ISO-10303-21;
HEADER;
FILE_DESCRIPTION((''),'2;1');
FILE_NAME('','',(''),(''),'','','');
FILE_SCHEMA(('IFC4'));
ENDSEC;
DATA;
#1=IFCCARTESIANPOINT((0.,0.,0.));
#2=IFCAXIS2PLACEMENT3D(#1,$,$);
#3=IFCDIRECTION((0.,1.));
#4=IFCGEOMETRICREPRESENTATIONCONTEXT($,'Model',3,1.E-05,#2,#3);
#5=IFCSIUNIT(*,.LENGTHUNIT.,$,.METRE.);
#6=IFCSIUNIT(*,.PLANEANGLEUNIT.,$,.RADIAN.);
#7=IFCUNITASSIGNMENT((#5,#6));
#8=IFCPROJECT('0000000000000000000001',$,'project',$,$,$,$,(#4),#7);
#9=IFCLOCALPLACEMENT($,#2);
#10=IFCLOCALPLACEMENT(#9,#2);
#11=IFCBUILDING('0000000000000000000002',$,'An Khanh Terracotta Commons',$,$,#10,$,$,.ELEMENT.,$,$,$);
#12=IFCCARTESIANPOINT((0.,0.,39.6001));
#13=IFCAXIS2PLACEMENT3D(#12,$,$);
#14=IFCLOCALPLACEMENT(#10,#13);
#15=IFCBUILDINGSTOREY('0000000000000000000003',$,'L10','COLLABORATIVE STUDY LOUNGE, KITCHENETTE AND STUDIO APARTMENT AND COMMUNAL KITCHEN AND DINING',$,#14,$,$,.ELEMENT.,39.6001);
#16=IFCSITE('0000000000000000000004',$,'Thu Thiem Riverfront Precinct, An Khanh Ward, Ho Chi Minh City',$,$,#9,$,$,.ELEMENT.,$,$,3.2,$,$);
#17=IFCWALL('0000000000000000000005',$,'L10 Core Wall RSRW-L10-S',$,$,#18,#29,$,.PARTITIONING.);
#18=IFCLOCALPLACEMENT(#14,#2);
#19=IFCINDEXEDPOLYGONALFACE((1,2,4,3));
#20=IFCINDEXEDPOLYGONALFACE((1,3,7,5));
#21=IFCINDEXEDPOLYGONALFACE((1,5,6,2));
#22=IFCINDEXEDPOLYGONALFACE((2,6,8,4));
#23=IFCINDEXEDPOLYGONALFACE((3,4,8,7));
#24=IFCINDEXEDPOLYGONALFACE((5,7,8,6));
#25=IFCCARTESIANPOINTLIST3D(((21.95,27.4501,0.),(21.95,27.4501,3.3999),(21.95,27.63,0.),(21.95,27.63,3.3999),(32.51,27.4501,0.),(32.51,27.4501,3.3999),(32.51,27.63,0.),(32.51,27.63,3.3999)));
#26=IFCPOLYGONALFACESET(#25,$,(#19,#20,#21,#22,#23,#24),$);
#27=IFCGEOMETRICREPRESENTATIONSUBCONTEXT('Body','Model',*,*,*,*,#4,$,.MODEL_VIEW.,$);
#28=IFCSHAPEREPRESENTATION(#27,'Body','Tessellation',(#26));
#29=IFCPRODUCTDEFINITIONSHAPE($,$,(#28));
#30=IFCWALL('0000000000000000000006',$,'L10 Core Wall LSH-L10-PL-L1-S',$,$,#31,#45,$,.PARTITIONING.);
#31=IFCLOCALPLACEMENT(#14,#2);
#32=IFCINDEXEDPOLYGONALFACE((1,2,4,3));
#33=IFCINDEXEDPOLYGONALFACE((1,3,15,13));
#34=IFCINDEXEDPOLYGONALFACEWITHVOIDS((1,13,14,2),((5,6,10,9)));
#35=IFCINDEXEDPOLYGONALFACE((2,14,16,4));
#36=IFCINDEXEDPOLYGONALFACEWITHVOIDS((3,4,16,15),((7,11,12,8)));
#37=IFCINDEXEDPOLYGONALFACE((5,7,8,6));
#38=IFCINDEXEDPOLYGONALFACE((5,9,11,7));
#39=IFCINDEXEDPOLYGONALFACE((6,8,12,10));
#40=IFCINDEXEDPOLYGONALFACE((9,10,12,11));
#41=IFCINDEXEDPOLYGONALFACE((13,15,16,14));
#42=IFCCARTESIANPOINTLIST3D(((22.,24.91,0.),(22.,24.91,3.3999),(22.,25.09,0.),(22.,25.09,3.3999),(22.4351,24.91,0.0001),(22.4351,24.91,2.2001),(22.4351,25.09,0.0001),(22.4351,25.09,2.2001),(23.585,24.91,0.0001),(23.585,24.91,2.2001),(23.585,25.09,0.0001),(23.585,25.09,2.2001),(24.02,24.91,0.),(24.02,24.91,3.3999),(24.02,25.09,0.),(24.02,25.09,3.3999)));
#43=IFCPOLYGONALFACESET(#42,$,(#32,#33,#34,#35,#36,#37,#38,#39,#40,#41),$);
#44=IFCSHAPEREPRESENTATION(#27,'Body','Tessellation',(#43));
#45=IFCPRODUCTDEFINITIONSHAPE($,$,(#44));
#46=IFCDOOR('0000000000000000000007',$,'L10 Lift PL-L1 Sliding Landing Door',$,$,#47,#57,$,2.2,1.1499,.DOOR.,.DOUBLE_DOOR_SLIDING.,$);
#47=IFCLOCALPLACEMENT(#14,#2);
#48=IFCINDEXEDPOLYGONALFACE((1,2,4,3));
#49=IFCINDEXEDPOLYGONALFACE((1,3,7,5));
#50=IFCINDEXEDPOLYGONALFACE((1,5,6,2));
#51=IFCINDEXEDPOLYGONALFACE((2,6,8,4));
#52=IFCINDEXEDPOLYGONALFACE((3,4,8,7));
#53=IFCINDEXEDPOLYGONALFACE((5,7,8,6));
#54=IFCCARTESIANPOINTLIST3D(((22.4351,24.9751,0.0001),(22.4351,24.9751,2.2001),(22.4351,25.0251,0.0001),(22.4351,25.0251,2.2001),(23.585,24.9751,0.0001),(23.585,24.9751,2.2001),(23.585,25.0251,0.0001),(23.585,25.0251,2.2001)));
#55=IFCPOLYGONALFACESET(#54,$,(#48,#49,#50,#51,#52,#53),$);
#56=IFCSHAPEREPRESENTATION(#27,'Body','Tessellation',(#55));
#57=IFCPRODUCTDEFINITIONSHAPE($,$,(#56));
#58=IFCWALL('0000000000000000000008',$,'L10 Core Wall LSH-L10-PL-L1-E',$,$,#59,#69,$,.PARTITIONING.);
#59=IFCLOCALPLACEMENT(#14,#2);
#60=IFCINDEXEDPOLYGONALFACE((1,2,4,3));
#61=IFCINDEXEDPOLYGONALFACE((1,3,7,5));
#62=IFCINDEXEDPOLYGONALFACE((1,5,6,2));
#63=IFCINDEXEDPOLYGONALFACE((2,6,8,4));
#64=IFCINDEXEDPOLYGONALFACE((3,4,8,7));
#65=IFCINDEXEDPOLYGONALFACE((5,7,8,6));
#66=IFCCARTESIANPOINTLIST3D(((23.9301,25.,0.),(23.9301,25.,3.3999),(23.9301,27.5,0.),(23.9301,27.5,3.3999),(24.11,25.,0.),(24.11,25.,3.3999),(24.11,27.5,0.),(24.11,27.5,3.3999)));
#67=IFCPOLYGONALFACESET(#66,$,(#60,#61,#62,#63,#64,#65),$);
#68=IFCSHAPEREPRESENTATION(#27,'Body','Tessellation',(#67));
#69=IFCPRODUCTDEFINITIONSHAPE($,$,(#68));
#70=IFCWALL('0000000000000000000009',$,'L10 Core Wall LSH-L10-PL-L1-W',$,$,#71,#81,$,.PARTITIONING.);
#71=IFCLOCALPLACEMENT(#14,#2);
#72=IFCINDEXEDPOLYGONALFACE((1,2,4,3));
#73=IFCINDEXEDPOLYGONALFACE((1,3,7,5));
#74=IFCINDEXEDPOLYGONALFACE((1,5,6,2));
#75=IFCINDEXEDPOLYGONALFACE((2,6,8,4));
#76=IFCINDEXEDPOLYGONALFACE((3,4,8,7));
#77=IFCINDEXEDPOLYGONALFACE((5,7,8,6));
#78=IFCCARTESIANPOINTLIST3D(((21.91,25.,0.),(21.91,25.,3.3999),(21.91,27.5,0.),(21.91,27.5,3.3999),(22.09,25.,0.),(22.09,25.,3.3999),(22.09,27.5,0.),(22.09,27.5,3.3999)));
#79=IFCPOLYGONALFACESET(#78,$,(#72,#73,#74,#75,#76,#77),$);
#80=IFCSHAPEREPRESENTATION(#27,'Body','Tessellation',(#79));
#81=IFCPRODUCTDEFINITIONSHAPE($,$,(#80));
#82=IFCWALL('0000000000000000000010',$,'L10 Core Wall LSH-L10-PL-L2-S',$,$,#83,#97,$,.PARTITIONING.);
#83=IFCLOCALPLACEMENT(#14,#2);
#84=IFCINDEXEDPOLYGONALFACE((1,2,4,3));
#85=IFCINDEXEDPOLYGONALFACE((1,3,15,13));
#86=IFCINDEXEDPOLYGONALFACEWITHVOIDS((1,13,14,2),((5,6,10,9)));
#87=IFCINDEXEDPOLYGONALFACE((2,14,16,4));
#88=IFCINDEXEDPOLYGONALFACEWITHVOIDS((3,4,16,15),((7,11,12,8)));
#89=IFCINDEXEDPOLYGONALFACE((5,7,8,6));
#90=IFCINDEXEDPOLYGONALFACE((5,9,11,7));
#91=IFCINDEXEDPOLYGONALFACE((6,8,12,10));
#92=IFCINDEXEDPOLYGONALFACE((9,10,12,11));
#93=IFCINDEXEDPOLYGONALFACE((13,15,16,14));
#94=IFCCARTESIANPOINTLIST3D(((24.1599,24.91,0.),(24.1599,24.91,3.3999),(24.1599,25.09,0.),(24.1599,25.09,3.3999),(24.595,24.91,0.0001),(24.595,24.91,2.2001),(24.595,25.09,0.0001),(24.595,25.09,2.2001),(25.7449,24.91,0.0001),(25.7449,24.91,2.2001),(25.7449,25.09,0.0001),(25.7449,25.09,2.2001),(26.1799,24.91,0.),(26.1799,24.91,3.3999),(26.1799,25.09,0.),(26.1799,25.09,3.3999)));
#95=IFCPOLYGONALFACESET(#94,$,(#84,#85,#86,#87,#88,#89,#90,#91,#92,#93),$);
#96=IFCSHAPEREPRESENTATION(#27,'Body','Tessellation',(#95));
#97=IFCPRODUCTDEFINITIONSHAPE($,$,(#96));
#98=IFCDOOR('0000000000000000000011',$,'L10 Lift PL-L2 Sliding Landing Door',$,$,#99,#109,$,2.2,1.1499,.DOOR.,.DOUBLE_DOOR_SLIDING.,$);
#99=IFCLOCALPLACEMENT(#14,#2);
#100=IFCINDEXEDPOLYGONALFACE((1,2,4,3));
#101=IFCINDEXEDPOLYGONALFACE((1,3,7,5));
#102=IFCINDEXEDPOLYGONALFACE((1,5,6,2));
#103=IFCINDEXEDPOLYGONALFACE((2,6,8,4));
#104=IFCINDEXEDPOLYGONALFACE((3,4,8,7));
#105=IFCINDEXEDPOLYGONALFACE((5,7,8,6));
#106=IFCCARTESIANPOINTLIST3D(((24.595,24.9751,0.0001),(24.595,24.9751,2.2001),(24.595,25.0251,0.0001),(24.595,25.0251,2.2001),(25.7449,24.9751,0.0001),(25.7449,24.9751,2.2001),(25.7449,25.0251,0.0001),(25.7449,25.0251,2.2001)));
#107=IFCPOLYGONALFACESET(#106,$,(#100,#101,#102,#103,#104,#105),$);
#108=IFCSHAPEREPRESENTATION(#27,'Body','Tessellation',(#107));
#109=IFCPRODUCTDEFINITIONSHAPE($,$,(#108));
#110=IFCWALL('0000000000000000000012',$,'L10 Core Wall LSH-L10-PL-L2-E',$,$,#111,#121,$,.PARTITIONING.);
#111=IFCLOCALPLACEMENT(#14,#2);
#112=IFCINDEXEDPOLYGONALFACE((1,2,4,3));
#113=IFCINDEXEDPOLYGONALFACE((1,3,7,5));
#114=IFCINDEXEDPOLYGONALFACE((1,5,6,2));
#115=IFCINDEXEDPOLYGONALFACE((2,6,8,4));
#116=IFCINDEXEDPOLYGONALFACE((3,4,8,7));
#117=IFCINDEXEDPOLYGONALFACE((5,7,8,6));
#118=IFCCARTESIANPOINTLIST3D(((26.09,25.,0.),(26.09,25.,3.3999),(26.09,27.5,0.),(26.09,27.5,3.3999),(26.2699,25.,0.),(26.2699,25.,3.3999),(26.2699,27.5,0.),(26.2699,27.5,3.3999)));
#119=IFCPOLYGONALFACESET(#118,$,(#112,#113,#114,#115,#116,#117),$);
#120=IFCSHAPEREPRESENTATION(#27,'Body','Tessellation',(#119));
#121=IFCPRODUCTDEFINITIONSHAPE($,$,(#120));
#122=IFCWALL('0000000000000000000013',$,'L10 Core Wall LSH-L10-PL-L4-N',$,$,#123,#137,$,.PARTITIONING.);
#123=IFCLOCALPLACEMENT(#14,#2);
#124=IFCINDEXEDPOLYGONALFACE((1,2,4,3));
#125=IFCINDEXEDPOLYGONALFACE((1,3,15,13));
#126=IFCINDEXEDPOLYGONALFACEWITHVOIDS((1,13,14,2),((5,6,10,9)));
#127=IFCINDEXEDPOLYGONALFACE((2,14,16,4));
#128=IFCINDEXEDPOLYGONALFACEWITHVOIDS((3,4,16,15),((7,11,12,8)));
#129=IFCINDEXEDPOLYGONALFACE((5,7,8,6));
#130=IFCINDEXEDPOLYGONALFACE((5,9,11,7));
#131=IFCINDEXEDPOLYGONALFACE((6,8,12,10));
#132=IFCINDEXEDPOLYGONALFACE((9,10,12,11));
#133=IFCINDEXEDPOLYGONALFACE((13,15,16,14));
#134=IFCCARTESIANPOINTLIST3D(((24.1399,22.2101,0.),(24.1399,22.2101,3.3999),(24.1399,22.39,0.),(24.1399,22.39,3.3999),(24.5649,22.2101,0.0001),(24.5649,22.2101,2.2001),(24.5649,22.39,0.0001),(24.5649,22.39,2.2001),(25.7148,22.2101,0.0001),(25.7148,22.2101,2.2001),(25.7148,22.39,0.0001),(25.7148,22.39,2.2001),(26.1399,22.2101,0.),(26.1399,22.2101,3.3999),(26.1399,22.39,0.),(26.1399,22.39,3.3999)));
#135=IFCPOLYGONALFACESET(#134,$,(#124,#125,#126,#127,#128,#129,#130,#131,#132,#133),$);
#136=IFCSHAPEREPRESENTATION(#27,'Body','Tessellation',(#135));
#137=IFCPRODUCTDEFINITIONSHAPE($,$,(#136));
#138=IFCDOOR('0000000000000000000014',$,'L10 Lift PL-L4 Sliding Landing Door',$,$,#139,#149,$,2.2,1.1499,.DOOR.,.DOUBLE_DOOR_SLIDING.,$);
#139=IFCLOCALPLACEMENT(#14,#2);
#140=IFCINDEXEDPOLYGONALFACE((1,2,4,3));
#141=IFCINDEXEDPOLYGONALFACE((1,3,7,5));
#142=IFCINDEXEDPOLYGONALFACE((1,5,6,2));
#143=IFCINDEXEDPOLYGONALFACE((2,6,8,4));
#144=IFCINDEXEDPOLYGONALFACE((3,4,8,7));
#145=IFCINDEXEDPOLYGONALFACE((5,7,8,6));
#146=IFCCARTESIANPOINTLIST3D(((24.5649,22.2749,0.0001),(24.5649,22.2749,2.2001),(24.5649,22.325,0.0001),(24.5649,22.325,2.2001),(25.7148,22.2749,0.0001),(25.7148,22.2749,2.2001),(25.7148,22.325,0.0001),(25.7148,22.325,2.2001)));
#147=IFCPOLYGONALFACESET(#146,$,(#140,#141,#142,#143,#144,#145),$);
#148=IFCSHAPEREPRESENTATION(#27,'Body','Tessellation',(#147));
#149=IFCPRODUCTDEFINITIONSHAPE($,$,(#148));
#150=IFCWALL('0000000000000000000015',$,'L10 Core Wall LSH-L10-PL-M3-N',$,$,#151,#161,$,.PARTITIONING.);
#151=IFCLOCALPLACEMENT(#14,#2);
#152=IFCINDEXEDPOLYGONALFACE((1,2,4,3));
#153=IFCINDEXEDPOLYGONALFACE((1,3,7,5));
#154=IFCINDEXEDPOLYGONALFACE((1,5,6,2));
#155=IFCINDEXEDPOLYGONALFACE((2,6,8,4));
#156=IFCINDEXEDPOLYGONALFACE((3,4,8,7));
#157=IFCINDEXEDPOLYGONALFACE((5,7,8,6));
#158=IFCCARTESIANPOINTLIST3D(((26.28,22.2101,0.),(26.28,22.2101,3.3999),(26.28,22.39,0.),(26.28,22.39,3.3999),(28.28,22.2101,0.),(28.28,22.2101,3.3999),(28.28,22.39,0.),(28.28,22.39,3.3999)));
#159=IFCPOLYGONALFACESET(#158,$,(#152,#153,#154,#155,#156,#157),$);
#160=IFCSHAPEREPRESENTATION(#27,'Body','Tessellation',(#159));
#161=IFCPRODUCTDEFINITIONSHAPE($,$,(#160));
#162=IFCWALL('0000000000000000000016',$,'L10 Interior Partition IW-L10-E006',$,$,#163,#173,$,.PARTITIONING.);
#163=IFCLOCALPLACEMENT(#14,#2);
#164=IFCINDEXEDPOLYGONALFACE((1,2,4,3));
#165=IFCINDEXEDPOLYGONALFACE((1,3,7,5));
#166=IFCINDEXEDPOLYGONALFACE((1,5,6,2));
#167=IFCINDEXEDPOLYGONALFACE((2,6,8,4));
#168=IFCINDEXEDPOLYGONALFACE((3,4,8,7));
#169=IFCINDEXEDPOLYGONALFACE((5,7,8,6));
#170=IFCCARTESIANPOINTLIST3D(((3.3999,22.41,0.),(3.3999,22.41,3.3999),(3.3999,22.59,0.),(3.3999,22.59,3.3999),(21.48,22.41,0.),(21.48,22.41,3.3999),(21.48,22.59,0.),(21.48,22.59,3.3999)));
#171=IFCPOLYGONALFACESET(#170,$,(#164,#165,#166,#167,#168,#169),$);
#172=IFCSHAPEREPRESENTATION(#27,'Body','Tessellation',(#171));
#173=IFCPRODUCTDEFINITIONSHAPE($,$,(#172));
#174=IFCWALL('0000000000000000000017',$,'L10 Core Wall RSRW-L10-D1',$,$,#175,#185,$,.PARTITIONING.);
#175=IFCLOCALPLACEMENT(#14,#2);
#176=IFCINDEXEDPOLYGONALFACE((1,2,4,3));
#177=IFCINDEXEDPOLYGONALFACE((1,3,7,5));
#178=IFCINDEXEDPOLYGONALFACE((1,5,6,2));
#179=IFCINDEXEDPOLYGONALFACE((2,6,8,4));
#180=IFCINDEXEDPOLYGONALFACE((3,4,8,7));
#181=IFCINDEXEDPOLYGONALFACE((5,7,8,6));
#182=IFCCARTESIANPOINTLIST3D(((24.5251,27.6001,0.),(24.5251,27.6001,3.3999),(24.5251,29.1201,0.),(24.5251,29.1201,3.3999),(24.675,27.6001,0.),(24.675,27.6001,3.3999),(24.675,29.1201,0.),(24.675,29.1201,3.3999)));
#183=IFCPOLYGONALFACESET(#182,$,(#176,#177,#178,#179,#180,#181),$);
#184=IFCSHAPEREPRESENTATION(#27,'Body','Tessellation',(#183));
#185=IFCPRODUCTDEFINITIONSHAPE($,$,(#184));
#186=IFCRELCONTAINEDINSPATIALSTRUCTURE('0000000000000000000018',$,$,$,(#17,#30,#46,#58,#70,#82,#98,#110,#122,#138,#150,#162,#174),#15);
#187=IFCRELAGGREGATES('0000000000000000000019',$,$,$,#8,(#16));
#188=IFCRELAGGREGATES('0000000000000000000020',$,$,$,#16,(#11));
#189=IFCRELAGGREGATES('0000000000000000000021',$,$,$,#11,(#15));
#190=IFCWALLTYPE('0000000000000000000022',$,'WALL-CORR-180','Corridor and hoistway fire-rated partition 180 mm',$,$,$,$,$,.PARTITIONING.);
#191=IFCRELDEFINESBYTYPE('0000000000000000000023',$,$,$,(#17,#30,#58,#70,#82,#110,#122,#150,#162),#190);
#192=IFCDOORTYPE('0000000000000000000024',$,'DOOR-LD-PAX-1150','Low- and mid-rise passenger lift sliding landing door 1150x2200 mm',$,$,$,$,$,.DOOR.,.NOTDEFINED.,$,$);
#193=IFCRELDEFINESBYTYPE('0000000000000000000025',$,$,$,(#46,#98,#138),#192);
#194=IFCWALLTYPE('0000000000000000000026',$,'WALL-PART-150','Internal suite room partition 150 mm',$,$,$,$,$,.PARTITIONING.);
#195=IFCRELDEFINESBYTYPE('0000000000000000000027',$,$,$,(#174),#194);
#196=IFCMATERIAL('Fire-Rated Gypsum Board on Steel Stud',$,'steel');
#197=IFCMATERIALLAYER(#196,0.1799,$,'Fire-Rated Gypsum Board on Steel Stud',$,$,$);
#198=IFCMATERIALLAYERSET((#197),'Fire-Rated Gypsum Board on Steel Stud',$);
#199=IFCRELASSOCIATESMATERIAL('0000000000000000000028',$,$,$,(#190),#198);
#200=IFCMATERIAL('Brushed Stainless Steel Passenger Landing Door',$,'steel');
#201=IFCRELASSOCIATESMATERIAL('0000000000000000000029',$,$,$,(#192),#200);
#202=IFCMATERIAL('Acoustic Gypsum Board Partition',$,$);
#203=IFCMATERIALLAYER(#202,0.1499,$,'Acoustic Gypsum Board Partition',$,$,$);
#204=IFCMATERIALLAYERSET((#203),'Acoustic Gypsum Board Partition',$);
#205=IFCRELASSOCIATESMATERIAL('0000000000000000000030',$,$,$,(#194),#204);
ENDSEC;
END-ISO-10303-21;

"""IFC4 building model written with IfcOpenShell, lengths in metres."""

from ifc_helpers import new_model, si_unit, direction, frame, frame_2d, origin, place, context, subcontext, project, spatial, rectangle, extrude, material, layer, layer_set, type_object, element, fill, save


model = new_model("IFC4")

# Units and contexts
model_context = context("Model", 3, precision=1e-05, world=origin(), true_north=direction((0.0, 1.0)))
body_context = subcontext(model_context, "Body", "Model", "MODEL_VIEW")
ifc_project = project(units=[si_unit("LENGTHUNIT", "METRE"), si_unit("PLANEANGLEUNIT", "RADIAN")], contexts=[model_context])

# Site, building, storey
site_placement = place(None, origin())
site = spatial("IfcSite", under=ifc_project, at=site_placement, Name="Thu Thiem Riverfront Precinct, An Khanh Ward, Ho Chi Minh City", CompositionType="ELEMENT", RefElevation=3.2)
building_placement = place(site_placement, origin())
building = spatial("IfcBuilding", under=site, at=building_placement, Name="An Khanh Terracotta Commons", CompositionType="ELEMENT")
storey_placement = place(building_placement, frame((0.0, 0.0, 39.6001)))
storey = spatial("IfcBuildingStorey", under=building, at=storey_placement, Name="L10", Description="COLLABORATIVE STUDY LOUNGE, KITCHENETTE AND STUDIO APARTMENT AND COMMUNAL KITCHEN AND DINING", CompositionType="ELEMENT", Elevation=39.6001)

# Wall
ifc_material_1 = material(Name="Fire-Rated Gypsum Board on Steel Stud", Category="steel")
ifc_layer_1 = layer(ifc_material_1, 0.1799, Name="Fire-Rated Gypsum Board on Steel Stud")
ifc_layer_set_1 = layer_set([ifc_layer_1], Name="Fire-Rated Gypsum Board on Steel Stud")
wall_type_1 = type_object("IfcWallType", Name="WALL-CORR-180", Description="Corridor and hoistway fire-rated partition 180 mm", PredefinedType="PARTITIONING", material=ifc_layer_set_1)
wall_1_placement = place(storey_placement, frame((21.95, 27.54, 0.0), z_axis=(0.0, 0.0, 1.0), x_axis=(1.0, 0.0, 0.0)))
element("IfcWall", 1, at=wall_1_placement, inside=storey, type_object=wall_type_1, Name="L10 Core Wall RSRW-L10-S", PredefinedType="PARTITIONING", context=body_context, shape_type="SweptSolid", body=[
    extrude(rectangle(XDim=10.5601, YDim=0.1799, at=frame_2d((5.28, 0.0))), origin(), (0.0, 0.0, 1.0), 3.3999),
])

# Wall, opening, door
wall_2_placement = place(storey_placement, frame((24.02, 25.0, 0.0), z_axis=(0.0, 0.0, 1.0), x_axis=(-1.0, 0.0, 0.0)))
wall_2 = element("IfcWall", 2, at=wall_2_placement, inside=storey, type_object=wall_type_1, Name="L10 Core Wall LSH-L10-PL-L1-S", PredefinedType="PARTITIONING", context=body_context, shape_type="SweptSolid", body=[
    extrude(rectangle(XDim=2.02, YDim=0.1799, at=frame_2d((1.01, 0.0))), origin(), (0.0, 0.0, 1.0), 3.3999),
])
opening_1_placement = place(wall_2_placement, frame((0.4351, 0.0, 0.0)))
opening_1 = element("IfcOpeningElement", 3, at=opening_1_placement, cuts=wall_2, PredefinedType="OPENING", context=body_context, shape_type="SweptSolid", body=[
    extrude(rectangle(XDim=1.1499, YDim=2.2, at=frame_2d((0.575, 1.1001))), frame((0.0, 0.0999, 0.0), z_axis=(0.0, -1.0, 0.0), x_axis=(1.0, 0.0, 0.0)), (0.0, 0.0, 1.0), 0.2),
])
ifc_material_2 = material(Name="Brushed Stainless Steel Passenger Landing Door", Category="steel")
door_type_1 = type_object("IfcDoorType", Name="DOOR-LD-PAX-1150", Description="Low- and mid-rise passenger lift sliding landing door 1150x2200 mm", OperationType="NOTDEFINED", PredefinedType="DOOR", material=ifc_material_2)
door_1_placement = place(opening_1_placement, origin())
door_1 = element("IfcDoor", 4, at=door_1_placement, inside=storey, type_object=door_type_1, Name="L10 Lift PL-L1 Sliding Landing Door", OperationType="DOUBLE_DOOR_SLIDING", OverallHeight=2.2, OverallWidth=1.1499, PredefinedType="DOOR", context=body_context, shape_type="SweptSolid", body=[
    extrude(rectangle(XDim=1.1499, YDim=2.2, at=frame_2d((0.575, 1.1001))), frame((0.0, 0.0249, 0.0), z_axis=(0.0, -1.0, 0.0), x_axis=(1.0, 0.0, 0.0)), (0.0, 0.0, 1.0), 0.05),
])
fill(opening_1, door_1)

# Walls
for number, where, z_axis, x_axis, name in (
    (5, (24.02, 25.0, 0.0), (0.0, 0.0, 1.0), (0.0, 1.0, 0.0), "L10 Core Wall LSH-L10-PL-L1-E"),
    (6, (22.0, 27.5, 0.0), (0.0, 0.0, 1.0), (0.0, -1.0, 0.0), "L10 Core Wall LSH-L10-PL-L1-W"),
):
    element("IfcWall", number, at=place(storey_placement, frame(where, z_axis=z_axis, x_axis=x_axis)), inside=storey, type_object=wall_type_1, Name=name, PredefinedType="PARTITIONING", context=body_context, shape_type="SweptSolid", body=[
        extrude(rectangle(XDim=2.5, YDim=0.1799, at=frame_2d((1.25, 0.0))), origin(), (0.0, 0.0, 1.0), 3.3999),
    ])

# Wall, opening, door
wall_3_placement = place(storey_placement, frame((26.1799, 25.0, 0.0), z_axis=(0.0, 0.0, 1.0), x_axis=(-1.0, 0.0, 0.0)))
wall_3 = element("IfcWall", 7, at=wall_3_placement, inside=storey, type_object=wall_type_1, Name="L10 Core Wall LSH-L10-PL-L2-S", PredefinedType="PARTITIONING", context=body_context, shape_type="SweptSolid", body=[
    extrude(rectangle(XDim=2.02, YDim=0.1799, at=frame_2d((1.01, 0.0))), origin(), (0.0, 0.0, 1.0), 3.3999),
])
opening_2_placement = place(wall_3_placement, frame((0.4351, 0.0, 0.0)))
opening_2 = element("IfcOpeningElement", 8, at=opening_2_placement, cuts=wall_3, PredefinedType="OPENING", context=body_context, shape_type="SweptSolid", body=[
    extrude(rectangle(XDim=1.1499, YDim=2.2, at=frame_2d((0.575, 1.1001))), frame((0.0, 0.0999, 0.0), z_axis=(0.0, -1.0, 0.0), x_axis=(1.0, 0.0, 0.0)), (0.0, 0.0, 1.0), 0.2),
])
door_2_placement = place(opening_2_placement, origin())
door_2 = element("IfcDoor", 9, at=door_2_placement, inside=storey, type_object=door_type_1, Name="L10 Lift PL-L2 Sliding Landing Door", OperationType="DOUBLE_DOOR_SLIDING", OverallHeight=2.2, OverallWidth=1.1499, PredefinedType="DOOR", context=body_context, shape_type="SweptSolid", body=[
    extrude(rectangle(XDim=1.1499, YDim=2.2, at=frame_2d((0.575, 1.1001))), frame((0.0, 0.0249, 0.0), z_axis=(0.0, -1.0, 0.0), x_axis=(1.0, 0.0, 0.0)), (0.0, 0.0, 1.0), 0.05),
])
fill(opening_2, door_2)

# Wall
wall_4_placement = place(storey_placement, frame((26.1799, 25.0, 0.0), z_axis=(0.0, 0.0, 1.0), x_axis=(0.0, 1.0, 0.0)))
element("IfcWall", 10, at=wall_4_placement, inside=storey, type_object=wall_type_1, Name="L10 Core Wall LSH-L10-PL-L2-E", PredefinedType="PARTITIONING", context=body_context, shape_type="SweptSolid", body=[
    extrude(rectangle(XDim=2.5, YDim=0.1799, at=frame_2d((1.25, 0.0))), origin(), (0.0, 0.0, 1.0), 3.3999),
])

# Wall, opening, door
wall_5_placement = place(storey_placement, frame((24.1399, 22.3, 0.0), z_axis=(0.0, 0.0, 1.0), x_axis=(1.0, 0.0, 0.0)))
wall_5 = element("IfcWall", 11, at=wall_5_placement, inside=storey, type_object=wall_type_1, Name="L10 Core Wall LSH-L10-PL-L4-N", PredefinedType="PARTITIONING", context=body_context, shape_type="SweptSolid", body=[
    extrude(rectangle(XDim=2.0, YDim=0.1799, at=frame_2d((1.0, 0.0))), origin(), (0.0, 0.0, 1.0), 3.3999),
])
opening_3_placement = place(wall_5_placement, frame((0.425, 0.0, 0.0)))
opening_3 = element("IfcOpeningElement", 12, at=opening_3_placement, cuts=wall_5, PredefinedType="OPENING", context=body_context, shape_type="SweptSolid", body=[
    extrude(rectangle(XDim=1.1499, YDim=2.2, at=frame_2d((0.575, 1.1001))), frame((0.0, 0.0999, 0.0), z_axis=(0.0, -1.0, 0.0), x_axis=(1.0, 0.0, 0.0)), (0.0, 0.0, 1.0), 0.2),
])
door_3_placement = place(opening_3_placement, origin())
door_3 = element("IfcDoor", 13, at=door_3_placement, inside=storey, type_object=door_type_1, Name="L10 Lift PL-L4 Sliding Landing Door", OperationType="DOUBLE_DOOR_SLIDING", OverallHeight=2.2, OverallWidth=1.1499, PredefinedType="DOOR", context=body_context, shape_type="SweptSolid", body=[
    extrude(rectangle(XDim=1.1499, YDim=2.2, at=frame_2d((0.575, 1.1001))), frame((0.0, 0.0249, 0.0), z_axis=(0.0, -1.0, 0.0), x_axis=(1.0, 0.0, 0.0)), (0.0, 0.0, 1.0), 0.05),
])
fill(opening_3, door_3)

# Walls
wall_6_placement = place(storey_placement, frame((26.28, 22.3, 0.0), z_axis=(0.0, 0.0, 1.0), x_axis=(1.0, 0.0, 0.0)))
element("IfcWall", 14, at=wall_6_placement, inside=storey, type_object=wall_type_1, Name="L10 Core Wall LSH-L10-PL-M3-N", PredefinedType="PARTITIONING", context=body_context, shape_type="SweptSolid", body=[
    extrude(rectangle(XDim=2.0, YDim=0.1799, at=frame_2d((1.0, 0.0))), origin(), (0.0, 0.0, 1.0), 3.3999),
])
wall_7_placement = place(storey_placement, frame((3.3999, 22.5, 0.0), z_axis=(0.0, 0.0, 1.0), x_axis=(1.0, 0.0, 0.0)))
element("IfcWall", 15, at=wall_7_placement, inside=storey, type_object=wall_type_1, Name="L10 Interior Partition IW-L10-E006", PredefinedType="PARTITIONING", context=body_context, shape_type="SweptSolid", body=[
    extrude(rectangle(XDim=18.0801, YDim=0.1799, at=frame_2d((9.04, 0.0))), origin(), (0.0, 0.0, 1.0), 3.3999),
])
ifc_material_3 = material(Name="Acoustic Gypsum Board Partition")
ifc_layer_2 = layer(ifc_material_3, 0.1499, Name="Acoustic Gypsum Board Partition")
ifc_layer_set_2 = layer_set([ifc_layer_2], Name="Acoustic Gypsum Board Partition")
wall_type_2 = type_object("IfcWallType", Name="WALL-PART-150", Description="Internal suite room partition 150 mm", PredefinedType="PARTITIONING", material=ifc_layer_set_2)
wall_8_placement = place(storey_placement, frame((24.6001, 27.6001, 0.0), z_axis=(0.0, 0.0, 1.0), x_axis=(0.0, 1.0, 0.0)))
element("IfcWall", 16, at=wall_8_placement, inside=storey, type_object=wall_type_2, Name="L10 Core Wall RSRW-L10-D1", PredefinedType="PARTITIONING", context=body_context, shape_type="SweptSolid", body=[
    extrude(rectangle(XDim=1.52, YDim=0.1499, at=frame_2d((0.76, 0.0))), origin(), (0.0, 0.0, 1.0), 3.3999),
])

save(model, "model.ifc")
